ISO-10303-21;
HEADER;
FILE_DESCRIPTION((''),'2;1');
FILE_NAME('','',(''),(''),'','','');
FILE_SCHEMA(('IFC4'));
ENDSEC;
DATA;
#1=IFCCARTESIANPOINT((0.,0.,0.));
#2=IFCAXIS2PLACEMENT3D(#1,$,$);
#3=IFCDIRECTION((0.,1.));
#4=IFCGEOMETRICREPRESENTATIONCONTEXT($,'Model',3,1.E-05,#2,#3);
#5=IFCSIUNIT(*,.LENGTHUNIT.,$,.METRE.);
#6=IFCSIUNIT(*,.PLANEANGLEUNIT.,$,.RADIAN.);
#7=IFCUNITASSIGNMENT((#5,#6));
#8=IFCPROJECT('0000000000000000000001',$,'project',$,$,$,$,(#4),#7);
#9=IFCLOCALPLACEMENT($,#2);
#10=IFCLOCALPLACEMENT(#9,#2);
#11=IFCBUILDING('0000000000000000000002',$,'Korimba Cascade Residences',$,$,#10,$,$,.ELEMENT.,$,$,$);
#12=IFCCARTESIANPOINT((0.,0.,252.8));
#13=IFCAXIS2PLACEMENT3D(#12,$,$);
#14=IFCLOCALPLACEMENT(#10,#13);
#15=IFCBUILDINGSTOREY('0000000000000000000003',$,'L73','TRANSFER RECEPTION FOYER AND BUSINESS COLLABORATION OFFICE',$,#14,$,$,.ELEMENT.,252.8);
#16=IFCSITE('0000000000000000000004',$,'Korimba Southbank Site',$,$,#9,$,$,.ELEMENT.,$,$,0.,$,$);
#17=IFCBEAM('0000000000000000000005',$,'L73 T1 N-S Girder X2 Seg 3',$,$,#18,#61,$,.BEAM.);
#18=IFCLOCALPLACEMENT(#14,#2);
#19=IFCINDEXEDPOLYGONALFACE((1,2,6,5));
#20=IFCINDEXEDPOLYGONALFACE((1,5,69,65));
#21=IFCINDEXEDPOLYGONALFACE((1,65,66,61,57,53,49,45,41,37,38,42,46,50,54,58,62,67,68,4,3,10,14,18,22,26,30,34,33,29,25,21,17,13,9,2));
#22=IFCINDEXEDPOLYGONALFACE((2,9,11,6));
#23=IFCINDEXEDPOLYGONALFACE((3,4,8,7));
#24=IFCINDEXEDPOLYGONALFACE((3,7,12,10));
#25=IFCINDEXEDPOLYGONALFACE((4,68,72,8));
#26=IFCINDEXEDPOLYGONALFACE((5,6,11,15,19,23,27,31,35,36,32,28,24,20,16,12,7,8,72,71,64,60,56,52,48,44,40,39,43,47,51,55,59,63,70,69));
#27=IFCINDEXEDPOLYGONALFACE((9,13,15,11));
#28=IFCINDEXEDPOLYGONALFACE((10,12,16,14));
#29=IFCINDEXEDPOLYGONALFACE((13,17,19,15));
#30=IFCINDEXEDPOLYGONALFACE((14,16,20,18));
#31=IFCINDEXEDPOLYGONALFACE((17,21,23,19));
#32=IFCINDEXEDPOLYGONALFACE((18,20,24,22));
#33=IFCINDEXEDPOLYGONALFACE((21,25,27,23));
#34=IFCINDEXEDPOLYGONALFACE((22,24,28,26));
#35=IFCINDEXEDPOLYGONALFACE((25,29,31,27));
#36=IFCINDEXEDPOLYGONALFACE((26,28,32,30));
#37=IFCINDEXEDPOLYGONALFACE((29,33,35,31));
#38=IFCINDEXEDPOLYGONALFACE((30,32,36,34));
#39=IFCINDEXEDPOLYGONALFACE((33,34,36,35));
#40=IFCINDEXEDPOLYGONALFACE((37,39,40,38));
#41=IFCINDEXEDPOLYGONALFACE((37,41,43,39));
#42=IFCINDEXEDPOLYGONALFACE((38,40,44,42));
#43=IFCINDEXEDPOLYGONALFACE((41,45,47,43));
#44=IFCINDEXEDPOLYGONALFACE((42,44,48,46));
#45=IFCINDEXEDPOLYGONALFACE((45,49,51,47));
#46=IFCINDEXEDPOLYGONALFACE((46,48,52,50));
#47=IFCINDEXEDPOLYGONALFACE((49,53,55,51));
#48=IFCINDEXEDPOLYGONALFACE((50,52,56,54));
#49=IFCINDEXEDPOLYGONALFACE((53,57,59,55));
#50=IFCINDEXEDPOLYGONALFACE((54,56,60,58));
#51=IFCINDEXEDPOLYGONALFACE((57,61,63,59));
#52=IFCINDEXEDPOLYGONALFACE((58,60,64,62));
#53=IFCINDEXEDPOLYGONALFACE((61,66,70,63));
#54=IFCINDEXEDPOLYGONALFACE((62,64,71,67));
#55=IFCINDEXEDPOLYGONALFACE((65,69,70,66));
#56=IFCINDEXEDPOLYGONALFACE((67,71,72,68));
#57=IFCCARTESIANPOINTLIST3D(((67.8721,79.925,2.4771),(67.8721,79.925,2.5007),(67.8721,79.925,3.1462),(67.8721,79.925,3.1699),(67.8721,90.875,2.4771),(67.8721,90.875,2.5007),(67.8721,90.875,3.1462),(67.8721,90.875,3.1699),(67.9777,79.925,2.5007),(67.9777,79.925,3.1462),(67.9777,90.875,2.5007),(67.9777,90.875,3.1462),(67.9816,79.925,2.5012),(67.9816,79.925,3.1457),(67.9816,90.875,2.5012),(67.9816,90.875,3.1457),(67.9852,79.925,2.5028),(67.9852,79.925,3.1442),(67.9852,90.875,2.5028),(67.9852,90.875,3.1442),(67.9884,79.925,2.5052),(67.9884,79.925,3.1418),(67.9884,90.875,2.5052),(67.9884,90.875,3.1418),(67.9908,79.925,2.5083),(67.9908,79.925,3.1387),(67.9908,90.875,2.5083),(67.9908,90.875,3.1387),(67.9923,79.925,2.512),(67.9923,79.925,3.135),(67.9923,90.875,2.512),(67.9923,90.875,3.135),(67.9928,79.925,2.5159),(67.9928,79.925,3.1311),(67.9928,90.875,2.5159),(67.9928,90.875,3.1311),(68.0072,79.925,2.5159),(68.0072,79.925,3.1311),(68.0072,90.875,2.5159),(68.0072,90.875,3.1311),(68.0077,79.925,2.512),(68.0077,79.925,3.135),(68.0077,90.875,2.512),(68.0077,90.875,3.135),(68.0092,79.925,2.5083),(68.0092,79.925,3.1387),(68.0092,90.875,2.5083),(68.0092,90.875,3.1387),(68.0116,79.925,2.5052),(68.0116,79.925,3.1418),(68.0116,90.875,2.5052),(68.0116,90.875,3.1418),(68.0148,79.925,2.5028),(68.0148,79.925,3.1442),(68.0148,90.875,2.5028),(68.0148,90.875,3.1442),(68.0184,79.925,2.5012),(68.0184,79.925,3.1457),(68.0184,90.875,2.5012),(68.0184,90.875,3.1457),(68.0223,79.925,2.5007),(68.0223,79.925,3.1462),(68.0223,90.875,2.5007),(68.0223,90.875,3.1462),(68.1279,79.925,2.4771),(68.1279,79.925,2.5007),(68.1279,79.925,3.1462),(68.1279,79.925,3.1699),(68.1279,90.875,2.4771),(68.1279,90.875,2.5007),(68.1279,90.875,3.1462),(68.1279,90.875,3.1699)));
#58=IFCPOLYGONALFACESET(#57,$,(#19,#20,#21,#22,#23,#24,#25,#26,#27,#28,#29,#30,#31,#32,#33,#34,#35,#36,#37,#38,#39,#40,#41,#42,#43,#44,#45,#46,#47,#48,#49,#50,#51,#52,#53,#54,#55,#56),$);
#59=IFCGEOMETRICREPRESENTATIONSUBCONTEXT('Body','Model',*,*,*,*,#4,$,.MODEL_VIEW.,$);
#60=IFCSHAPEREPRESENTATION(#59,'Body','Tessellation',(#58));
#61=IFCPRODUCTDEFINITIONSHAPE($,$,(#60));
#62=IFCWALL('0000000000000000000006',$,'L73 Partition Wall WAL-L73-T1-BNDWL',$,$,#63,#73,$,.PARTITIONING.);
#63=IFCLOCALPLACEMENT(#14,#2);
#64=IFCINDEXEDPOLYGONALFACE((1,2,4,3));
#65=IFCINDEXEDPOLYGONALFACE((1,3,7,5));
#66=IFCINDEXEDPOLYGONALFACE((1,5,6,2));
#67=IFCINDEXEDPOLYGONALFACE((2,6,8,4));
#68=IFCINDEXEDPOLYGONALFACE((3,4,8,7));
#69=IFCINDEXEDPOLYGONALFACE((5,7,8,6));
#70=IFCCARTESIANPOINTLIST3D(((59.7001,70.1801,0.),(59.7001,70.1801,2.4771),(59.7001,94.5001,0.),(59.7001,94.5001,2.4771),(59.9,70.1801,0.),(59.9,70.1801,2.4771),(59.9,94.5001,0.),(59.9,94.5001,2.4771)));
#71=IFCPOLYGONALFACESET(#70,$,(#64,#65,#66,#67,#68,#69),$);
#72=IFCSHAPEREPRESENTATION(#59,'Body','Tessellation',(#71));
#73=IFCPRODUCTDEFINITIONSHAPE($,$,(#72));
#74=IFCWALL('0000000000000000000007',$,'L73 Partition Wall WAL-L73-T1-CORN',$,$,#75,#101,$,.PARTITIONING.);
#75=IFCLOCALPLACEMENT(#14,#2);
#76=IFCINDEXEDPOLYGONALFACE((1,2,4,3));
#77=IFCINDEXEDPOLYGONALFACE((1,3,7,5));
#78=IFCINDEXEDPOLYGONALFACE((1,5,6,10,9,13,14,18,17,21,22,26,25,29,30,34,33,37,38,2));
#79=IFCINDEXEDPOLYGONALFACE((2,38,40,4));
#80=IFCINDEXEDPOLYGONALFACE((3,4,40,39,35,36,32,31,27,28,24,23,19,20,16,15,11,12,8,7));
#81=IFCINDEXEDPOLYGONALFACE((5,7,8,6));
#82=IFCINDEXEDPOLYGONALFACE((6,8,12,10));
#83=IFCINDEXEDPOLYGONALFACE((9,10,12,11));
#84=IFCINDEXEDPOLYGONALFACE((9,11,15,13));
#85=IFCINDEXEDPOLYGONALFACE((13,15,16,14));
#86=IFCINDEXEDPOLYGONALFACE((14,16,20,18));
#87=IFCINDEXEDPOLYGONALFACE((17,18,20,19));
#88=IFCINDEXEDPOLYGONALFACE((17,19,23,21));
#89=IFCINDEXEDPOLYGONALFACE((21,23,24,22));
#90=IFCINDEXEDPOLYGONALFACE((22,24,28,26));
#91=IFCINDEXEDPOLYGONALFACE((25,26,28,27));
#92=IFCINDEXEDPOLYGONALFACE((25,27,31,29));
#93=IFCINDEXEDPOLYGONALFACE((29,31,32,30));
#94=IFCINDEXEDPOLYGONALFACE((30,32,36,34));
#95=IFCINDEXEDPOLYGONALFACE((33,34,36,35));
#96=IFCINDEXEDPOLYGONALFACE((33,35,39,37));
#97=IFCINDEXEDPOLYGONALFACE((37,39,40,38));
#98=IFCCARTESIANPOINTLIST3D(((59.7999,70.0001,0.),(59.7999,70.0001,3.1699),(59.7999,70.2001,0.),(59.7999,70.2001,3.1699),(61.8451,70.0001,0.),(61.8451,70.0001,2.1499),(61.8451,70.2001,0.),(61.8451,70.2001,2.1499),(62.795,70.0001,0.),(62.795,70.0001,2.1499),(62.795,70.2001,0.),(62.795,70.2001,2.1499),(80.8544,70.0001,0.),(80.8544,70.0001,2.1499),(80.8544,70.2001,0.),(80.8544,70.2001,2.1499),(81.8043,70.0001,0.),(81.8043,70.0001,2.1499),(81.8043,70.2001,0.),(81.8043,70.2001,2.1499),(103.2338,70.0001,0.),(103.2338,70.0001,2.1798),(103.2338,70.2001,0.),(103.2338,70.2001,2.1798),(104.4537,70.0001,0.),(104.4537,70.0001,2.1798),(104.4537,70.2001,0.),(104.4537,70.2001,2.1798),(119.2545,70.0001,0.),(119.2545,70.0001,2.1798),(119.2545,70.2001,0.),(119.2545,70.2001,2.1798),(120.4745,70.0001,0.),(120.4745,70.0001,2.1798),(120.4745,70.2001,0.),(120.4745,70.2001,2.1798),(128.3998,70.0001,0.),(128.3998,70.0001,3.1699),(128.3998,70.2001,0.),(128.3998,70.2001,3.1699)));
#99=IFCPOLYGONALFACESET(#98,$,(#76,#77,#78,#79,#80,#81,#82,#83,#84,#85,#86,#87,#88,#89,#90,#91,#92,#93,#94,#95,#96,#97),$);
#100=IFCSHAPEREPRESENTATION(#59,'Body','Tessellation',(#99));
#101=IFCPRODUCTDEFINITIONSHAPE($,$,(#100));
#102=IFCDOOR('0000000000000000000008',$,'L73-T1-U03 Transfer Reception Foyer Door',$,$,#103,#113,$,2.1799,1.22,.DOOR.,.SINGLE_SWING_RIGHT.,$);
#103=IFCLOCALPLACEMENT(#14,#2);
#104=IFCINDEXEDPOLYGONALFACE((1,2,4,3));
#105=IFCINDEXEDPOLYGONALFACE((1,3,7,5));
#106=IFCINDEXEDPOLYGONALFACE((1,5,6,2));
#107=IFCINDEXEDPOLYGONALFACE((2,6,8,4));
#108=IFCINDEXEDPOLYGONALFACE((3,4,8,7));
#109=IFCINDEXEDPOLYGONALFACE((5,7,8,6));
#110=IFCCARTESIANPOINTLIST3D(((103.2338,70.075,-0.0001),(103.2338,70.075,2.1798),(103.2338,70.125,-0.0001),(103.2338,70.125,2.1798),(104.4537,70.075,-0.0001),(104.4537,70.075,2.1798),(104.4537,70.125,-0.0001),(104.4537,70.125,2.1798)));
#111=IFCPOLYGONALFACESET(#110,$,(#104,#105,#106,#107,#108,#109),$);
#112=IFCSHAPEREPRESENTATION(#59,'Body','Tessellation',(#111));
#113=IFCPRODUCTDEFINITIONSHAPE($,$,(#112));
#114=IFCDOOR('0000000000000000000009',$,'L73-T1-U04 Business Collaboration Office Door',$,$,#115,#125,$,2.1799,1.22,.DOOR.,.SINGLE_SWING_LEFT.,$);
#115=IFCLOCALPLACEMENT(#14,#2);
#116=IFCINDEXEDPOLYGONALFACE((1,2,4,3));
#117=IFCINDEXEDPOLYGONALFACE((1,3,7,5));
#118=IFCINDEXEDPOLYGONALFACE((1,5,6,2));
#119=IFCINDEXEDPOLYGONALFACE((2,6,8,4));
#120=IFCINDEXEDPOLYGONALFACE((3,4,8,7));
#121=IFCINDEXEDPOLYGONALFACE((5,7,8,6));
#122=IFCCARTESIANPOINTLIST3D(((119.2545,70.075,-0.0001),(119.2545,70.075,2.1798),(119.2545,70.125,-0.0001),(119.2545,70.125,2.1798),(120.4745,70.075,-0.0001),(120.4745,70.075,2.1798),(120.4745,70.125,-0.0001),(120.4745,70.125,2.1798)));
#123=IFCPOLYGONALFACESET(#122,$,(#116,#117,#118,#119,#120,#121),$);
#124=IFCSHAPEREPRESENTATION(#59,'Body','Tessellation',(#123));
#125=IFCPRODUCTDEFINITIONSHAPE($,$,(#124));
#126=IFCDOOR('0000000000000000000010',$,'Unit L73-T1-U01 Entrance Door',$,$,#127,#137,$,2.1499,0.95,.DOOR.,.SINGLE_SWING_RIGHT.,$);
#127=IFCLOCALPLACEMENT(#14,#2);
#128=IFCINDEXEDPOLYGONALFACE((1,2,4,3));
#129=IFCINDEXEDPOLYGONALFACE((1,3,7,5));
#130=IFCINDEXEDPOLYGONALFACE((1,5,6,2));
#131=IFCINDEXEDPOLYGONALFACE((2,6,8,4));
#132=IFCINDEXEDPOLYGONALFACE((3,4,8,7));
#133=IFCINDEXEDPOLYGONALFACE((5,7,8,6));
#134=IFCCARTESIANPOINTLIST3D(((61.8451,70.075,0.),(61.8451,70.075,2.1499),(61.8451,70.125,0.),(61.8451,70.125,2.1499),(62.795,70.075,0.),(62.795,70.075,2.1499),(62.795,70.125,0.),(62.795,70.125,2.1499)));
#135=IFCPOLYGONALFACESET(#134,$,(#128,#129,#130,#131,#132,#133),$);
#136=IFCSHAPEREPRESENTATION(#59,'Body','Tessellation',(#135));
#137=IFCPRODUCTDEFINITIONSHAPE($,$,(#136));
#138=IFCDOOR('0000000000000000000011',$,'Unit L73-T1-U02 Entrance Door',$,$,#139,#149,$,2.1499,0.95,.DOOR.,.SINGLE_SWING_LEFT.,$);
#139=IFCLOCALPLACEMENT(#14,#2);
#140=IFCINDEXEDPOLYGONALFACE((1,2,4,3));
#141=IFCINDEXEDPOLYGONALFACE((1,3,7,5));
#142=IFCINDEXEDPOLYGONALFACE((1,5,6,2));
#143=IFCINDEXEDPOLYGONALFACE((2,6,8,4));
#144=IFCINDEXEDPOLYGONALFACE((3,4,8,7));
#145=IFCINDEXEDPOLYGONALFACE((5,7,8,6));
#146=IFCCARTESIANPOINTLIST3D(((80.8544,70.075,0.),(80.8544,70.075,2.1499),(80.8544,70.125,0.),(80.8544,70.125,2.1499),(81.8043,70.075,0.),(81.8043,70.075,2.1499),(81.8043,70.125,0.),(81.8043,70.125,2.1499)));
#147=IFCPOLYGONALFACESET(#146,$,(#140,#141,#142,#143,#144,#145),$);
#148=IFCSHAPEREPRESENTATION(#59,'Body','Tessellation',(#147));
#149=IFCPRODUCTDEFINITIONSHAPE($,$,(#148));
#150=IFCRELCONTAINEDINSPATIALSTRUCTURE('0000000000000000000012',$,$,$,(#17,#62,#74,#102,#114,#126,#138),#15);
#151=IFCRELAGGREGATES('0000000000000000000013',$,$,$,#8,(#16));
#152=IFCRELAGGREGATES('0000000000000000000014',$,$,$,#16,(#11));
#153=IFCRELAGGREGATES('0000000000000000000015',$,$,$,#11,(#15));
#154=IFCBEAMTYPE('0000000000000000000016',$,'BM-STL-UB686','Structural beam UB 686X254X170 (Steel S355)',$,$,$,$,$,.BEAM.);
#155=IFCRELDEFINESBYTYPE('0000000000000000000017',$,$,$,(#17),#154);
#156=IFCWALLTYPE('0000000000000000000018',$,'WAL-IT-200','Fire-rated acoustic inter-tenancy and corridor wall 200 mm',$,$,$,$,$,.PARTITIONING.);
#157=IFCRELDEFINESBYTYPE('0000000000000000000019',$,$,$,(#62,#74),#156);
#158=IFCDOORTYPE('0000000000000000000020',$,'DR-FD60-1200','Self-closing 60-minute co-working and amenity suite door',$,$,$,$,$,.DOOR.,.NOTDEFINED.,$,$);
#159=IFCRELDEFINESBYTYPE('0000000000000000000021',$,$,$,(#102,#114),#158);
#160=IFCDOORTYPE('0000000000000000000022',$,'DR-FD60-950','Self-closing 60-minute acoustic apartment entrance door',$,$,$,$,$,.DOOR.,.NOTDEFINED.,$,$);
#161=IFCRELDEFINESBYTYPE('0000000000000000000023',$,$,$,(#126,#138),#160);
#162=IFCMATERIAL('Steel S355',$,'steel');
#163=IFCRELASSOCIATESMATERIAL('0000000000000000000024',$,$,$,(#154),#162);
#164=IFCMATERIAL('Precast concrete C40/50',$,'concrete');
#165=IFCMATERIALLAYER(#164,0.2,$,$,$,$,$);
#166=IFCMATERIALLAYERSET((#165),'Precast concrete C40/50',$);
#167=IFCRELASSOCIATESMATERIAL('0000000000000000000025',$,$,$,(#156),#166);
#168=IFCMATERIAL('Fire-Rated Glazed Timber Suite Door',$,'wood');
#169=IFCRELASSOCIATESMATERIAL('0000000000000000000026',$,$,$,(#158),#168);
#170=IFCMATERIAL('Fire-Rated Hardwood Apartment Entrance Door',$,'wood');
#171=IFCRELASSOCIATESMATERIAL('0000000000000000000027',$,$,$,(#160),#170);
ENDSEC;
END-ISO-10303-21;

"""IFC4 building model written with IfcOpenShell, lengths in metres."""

from ifc_helpers import new_model, si_unit, direction, frame, frame_2d, origin, origin_2d, place, context, subcontext, project, spatial, rectangle, i_section, extrude, material, layer, layer_set, material_profile, profile_set, type_object, element, fill, save


model = new_model("IFC4")

# Units and contexts
model_context = context("Model", 3, precision=1e-05, world=origin(), true_north=direction((0.0, 1.0)))
body_context = subcontext(model_context, "Body", "Model", "MODEL_VIEW")
ifc_project = project(units=[si_unit("LENGTHUNIT", "METRE"), si_unit("PLANEANGLEUNIT", "RADIAN")], contexts=[model_context])

# Site, building, storey
site_placement = place(None, origin())
site = spatial("IfcSite", under=ifc_project, at=site_placement, Name="Korimba Southbank Site", CompositionType="ELEMENT", RefElevation=0.0)
building_placement = place(site_placement, origin())
building = spatial("IfcBuilding", under=site, at=building_placement, Name="Korimba Cascade Residences", CompositionType="ELEMENT")
storey_placement = place(building_placement, frame((0.0, 0.0, 252.8)))
storey = spatial("IfcBuildingStorey", under=building, at=storey_placement, Name="L73", Description="TRANSFER RECEPTION FOYER AND BUSINESS COLLABORATION OFFICE", CompositionType="ELEMENT", Elevation=252.8)

# Beam
ifc_material_1 = material(Name="Steel S355", Category="steel")
ifc_material_profile_1 = material_profile(ifc_material_1, i_section(OverallWidth=0.2559, OverallDepth=0.6929, WebThickness=0.0144, FlangeThickness=0.0237, FilletRadius=0.0151, at=origin_2d()), Name="Steel S355")
ifc_profile_set_1 = profile_set([ifc_material_profile_1], Name="Steel S355")
beam_type_1 = type_object("IfcBeamType", Name="BM-STL-UB686", Description="Structural beam UB 686X254X170 (Steel S355)", PredefinedType="BEAM", material=ifc_profile_set_1)
beam_1_placement = place(storey_placement, frame((68.0, 79.925, 2.8235), z_axis=(0.0, 1.0, 0.0), x_axis=(-1.0, 0.0, 0.0)))
element("IfcBeam", 1, at=beam_1_placement, inside=storey, type_object=beam_type_1, Name="L73 T1 N-S Girder X2 Seg 3", PredefinedType="BEAM", context=body_context, shape_type="SweptSolid", body=[
    extrude(i_section(OverallWidth=0.2559, OverallDepth=0.6929, WebThickness=0.0144, FlangeThickness=0.0237, FilletRadius=0.0151, at=origin_2d()), origin(), (0.0, 0.0, 1.0), 10.95),
])

# Wall
ifc_material_2 = material(Name="Precast concrete C40/50", Category="concrete")
ifc_layer_1 = layer(ifc_material_2, 0.2)
ifc_layer_set_1 = layer_set([ifc_layer_1], Name="Precast concrete C40/50")
wall_type_1 = type_object("IfcWallType", Name="WAL-IT-200", Description="Fire-rated acoustic inter-tenancy and corridor wall 200 mm", PredefinedType="PARTITIONING", material=ifc_layer_set_1)
wall_1_placement = place(storey_placement, frame((59.8, 70.1799, 0.0), z_axis=(0.0, 0.0, 1.0), x_axis=(0.0, 1.0, 0.0)))
element("IfcWall", 2, at=wall_1_placement, inside=storey, type_object=wall_type_1, Name="L73 Partition Wall WAL-L73-T1-BNDWL", PredefinedType="PARTITIONING", context=body_context, shape_type="SweptSolid", body=[
    extrude(rectangle(XDim=24.3201, YDim=0.2, at=frame_2d((12.1602, 0.0))), origin(), (0.0, 0.0, 1.0), 2.4771),
])

# Wall, openings, doors
wall_2_placement = place(storey_placement, frame((59.8, 70.1001, 0.0), z_axis=(0.0, 0.0, 1.0), x_axis=(1.0, 0.0, 0.0)))
wall_2 = element("IfcWall", 3, at=wall_2_placement, inside=storey, type_object=wall_type_1, Name="L73 Partition Wall WAL-L73-T1-CORN", PredefinedType="PARTITIONING", context=body_context, shape_type="SweptSolid", body=[
    extrude(rectangle(XDim=68.5999, YDim=0.2, at=frame_2d((34.2998, 0.0))), origin(), (0.0, 0.0, 1.0), 3.1699),
])
opening_1_placement = place(wall_2_placement, frame((2.0449, 0.0, 0.0)))
opening_1 = element("IfcOpeningElement", 4, at=opening_1_placement, cuts=wall_2, PredefinedType="OPENING", context=body_context, shape_type="SweptSolid", body=[
    extrude(rectangle(XDim=0.95, YDim=2.1499, at=frame_2d((0.4751, 1.075))), frame((0.0, 0.1099, 0.0), z_axis=(0.0, -1.0, 0.0), x_axis=(1.0, 0.0, 0.0)), (0.0, 0.0, 1.0), 0.22),
])
opening_2_placement = place(wall_2_placement, frame((21.0542, 0.0, 0.0)))
opening_2 = element("IfcOpeningElement", 5, at=opening_2_placement, cuts=wall_2, PredefinedType="OPENING", context=body_context, shape_type="SweptSolid", body=[
    extrude(rectangle(XDim=0.95, YDim=2.1499, at=frame_2d((0.4751, 1.075))), frame((0.0, 0.1099, 0.0), z_axis=(0.0, -1.0, 0.0), x_axis=(1.0, 0.0, 0.0)), (0.0, 0.0, 1.0), 0.22),
])
opening_3_placement = place(wall_2_placement, frame((43.4338, 0.0, 0.0)))
opening_3 = element("IfcOpeningElement", 6, at=opening_3_placement, cuts=wall_2, PredefinedType="OPENING", context=body_context, shape_type="SweptSolid", body=[
    extrude(rectangle(XDim=1.22, YDim=2.1799, at=frame_2d((0.6099, 1.0898))), frame((0.0, 0.1099, 0.0), z_axis=(0.0, -1.0, 0.0), x_axis=(1.0, 0.0, 0.0)), (0.0, 0.0, 1.0), 0.22),
])
opening_4_placement = place(wall_2_placement, frame((59.4546, 0.0, 0.0)))
opening_4 = element("IfcOpeningElement", 7, at=opening_4_placement, cuts=wall_2, PredefinedType="OPENING", context=body_context, shape_type="SweptSolid", body=[
    extrude(rectangle(XDim=1.22, YDim=2.1799, at=frame_2d((0.6099, 1.0898))), frame((0.0, 0.1099, 0.0), z_axis=(0.0, -1.0, 0.0), x_axis=(1.0, 0.0, 0.0)), (0.0, 0.0, 1.0), 0.22),
])
ifc_material_3 = material(Name="Fire-Rated Glazed Timber Suite Door", Category="wood")
door_type_1 = type_object("IfcDoorType", Name="DR-FD60-1200", Description="Self-closing 60-minute co-working and amenity suite door", OperationType="NOTDEFINED", PredefinedType="DOOR", material=ifc_material_3)
door_1_placement = place(opening_3_placement, origin())
door_1 = element("IfcDoor", 8, at=door_1_placement, inside=storey, type_object=door_type_1, Name="L73-T1-U03 Transfer Reception Foyer Door", OperationType="SINGLE_SWING_RIGHT", OverallHeight=2.1799, OverallWidth=1.22, PredefinedType="DOOR", context=body_context, shape_type="SweptSolid", body=[
    extrude(rectangle(XDim=1.22, YDim=2.1799, at=frame_2d((0.6099, 1.0898))), frame((0.0, 0.0249, 0.0), z_axis=(0.0, -1.0, 0.0), x_axis=(1.0, 0.0, 0.0)), (0.0, 0.0, 1.0), 0.05),
])
fill(opening_3, door_1)
door_2_placement = place(opening_4_placement, origin())
door_2 = element("IfcDoor", 9, at=door_2_placement, inside=storey, type_object=door_type_1, Name="L73-T1-U04 Business Collaboration Office Door", OperationType="SINGLE_SWING_LEFT", OverallHeight=2.1799, OverallWidth=1.22, PredefinedType="DOOR", context=body_context, shape_type="SweptSolid", body=[
    extrude(rectangle(XDim=1.22, YDim=2.1799, at=frame_2d((0.6099, 1.0898))), frame((0.0, 0.0249, 0.0), z_axis=(0.0, -1.0, 0.0), x_axis=(1.0, 0.0, 0.0)), (0.0, 0.0, 1.0), 0.05),
])
fill(opening_4, door_2)
ifc_material_4 = material(Name="Fire-Rated Hardwood Apartment Entrance Door", Category="wood")
door_type_2 = type_object("IfcDoorType", Name="DR-FD60-950", Description="Self-closing 60-minute acoustic apartment entrance door", OperationType="NOTDEFINED", PredefinedType="DOOR", material=ifc_material_4)
door_3_placement = place(opening_1_placement, origin())
door_3 = element("IfcDoor", 10, at=door_3_placement, inside=storey, type_object=door_type_2, Name="Unit L73-T1-U01 Entrance Door", OperationType="SINGLE_SWING_RIGHT", OverallHeight=2.1499, OverallWidth=0.95, PredefinedType="DOOR", context=body_context, shape_type="SweptSolid", body=[
    extrude(rectangle(XDim=0.95, YDim=2.1499, at=frame_2d((0.4751, 1.075))), frame((0.0, 0.0249, 0.0), z_axis=(0.0, -1.0, 0.0), x_axis=(1.0, 0.0, 0.0)), (0.0, 0.0, 1.0), 0.05),
])
fill(opening_1, door_3)
door_4_placement = place(opening_2_placement, origin())
door_4 = element("IfcDoor", 11, at=door_4_placement, inside=storey, type_object=door_type_2, Name="Unit L73-T1-U02 Entrance Door", OperationType="SINGLE_SWING_LEFT", OverallHeight=2.1499, OverallWidth=0.95, PredefinedType="DOOR", context=body_context, shape_type="SweptSolid", body=[
    extrude(rectangle(XDim=0.95, YDim=2.1499, at=frame_2d((0.4751, 1.075))), frame((0.0, 0.0249, 0.0), z_axis=(0.0, -1.0, 0.0), x_axis=(1.0, 0.0, 0.0)), (0.0, 0.0, 1.0), 0.05),
])
fill(opening_2, door_4)

save(model, "model.ifc")
